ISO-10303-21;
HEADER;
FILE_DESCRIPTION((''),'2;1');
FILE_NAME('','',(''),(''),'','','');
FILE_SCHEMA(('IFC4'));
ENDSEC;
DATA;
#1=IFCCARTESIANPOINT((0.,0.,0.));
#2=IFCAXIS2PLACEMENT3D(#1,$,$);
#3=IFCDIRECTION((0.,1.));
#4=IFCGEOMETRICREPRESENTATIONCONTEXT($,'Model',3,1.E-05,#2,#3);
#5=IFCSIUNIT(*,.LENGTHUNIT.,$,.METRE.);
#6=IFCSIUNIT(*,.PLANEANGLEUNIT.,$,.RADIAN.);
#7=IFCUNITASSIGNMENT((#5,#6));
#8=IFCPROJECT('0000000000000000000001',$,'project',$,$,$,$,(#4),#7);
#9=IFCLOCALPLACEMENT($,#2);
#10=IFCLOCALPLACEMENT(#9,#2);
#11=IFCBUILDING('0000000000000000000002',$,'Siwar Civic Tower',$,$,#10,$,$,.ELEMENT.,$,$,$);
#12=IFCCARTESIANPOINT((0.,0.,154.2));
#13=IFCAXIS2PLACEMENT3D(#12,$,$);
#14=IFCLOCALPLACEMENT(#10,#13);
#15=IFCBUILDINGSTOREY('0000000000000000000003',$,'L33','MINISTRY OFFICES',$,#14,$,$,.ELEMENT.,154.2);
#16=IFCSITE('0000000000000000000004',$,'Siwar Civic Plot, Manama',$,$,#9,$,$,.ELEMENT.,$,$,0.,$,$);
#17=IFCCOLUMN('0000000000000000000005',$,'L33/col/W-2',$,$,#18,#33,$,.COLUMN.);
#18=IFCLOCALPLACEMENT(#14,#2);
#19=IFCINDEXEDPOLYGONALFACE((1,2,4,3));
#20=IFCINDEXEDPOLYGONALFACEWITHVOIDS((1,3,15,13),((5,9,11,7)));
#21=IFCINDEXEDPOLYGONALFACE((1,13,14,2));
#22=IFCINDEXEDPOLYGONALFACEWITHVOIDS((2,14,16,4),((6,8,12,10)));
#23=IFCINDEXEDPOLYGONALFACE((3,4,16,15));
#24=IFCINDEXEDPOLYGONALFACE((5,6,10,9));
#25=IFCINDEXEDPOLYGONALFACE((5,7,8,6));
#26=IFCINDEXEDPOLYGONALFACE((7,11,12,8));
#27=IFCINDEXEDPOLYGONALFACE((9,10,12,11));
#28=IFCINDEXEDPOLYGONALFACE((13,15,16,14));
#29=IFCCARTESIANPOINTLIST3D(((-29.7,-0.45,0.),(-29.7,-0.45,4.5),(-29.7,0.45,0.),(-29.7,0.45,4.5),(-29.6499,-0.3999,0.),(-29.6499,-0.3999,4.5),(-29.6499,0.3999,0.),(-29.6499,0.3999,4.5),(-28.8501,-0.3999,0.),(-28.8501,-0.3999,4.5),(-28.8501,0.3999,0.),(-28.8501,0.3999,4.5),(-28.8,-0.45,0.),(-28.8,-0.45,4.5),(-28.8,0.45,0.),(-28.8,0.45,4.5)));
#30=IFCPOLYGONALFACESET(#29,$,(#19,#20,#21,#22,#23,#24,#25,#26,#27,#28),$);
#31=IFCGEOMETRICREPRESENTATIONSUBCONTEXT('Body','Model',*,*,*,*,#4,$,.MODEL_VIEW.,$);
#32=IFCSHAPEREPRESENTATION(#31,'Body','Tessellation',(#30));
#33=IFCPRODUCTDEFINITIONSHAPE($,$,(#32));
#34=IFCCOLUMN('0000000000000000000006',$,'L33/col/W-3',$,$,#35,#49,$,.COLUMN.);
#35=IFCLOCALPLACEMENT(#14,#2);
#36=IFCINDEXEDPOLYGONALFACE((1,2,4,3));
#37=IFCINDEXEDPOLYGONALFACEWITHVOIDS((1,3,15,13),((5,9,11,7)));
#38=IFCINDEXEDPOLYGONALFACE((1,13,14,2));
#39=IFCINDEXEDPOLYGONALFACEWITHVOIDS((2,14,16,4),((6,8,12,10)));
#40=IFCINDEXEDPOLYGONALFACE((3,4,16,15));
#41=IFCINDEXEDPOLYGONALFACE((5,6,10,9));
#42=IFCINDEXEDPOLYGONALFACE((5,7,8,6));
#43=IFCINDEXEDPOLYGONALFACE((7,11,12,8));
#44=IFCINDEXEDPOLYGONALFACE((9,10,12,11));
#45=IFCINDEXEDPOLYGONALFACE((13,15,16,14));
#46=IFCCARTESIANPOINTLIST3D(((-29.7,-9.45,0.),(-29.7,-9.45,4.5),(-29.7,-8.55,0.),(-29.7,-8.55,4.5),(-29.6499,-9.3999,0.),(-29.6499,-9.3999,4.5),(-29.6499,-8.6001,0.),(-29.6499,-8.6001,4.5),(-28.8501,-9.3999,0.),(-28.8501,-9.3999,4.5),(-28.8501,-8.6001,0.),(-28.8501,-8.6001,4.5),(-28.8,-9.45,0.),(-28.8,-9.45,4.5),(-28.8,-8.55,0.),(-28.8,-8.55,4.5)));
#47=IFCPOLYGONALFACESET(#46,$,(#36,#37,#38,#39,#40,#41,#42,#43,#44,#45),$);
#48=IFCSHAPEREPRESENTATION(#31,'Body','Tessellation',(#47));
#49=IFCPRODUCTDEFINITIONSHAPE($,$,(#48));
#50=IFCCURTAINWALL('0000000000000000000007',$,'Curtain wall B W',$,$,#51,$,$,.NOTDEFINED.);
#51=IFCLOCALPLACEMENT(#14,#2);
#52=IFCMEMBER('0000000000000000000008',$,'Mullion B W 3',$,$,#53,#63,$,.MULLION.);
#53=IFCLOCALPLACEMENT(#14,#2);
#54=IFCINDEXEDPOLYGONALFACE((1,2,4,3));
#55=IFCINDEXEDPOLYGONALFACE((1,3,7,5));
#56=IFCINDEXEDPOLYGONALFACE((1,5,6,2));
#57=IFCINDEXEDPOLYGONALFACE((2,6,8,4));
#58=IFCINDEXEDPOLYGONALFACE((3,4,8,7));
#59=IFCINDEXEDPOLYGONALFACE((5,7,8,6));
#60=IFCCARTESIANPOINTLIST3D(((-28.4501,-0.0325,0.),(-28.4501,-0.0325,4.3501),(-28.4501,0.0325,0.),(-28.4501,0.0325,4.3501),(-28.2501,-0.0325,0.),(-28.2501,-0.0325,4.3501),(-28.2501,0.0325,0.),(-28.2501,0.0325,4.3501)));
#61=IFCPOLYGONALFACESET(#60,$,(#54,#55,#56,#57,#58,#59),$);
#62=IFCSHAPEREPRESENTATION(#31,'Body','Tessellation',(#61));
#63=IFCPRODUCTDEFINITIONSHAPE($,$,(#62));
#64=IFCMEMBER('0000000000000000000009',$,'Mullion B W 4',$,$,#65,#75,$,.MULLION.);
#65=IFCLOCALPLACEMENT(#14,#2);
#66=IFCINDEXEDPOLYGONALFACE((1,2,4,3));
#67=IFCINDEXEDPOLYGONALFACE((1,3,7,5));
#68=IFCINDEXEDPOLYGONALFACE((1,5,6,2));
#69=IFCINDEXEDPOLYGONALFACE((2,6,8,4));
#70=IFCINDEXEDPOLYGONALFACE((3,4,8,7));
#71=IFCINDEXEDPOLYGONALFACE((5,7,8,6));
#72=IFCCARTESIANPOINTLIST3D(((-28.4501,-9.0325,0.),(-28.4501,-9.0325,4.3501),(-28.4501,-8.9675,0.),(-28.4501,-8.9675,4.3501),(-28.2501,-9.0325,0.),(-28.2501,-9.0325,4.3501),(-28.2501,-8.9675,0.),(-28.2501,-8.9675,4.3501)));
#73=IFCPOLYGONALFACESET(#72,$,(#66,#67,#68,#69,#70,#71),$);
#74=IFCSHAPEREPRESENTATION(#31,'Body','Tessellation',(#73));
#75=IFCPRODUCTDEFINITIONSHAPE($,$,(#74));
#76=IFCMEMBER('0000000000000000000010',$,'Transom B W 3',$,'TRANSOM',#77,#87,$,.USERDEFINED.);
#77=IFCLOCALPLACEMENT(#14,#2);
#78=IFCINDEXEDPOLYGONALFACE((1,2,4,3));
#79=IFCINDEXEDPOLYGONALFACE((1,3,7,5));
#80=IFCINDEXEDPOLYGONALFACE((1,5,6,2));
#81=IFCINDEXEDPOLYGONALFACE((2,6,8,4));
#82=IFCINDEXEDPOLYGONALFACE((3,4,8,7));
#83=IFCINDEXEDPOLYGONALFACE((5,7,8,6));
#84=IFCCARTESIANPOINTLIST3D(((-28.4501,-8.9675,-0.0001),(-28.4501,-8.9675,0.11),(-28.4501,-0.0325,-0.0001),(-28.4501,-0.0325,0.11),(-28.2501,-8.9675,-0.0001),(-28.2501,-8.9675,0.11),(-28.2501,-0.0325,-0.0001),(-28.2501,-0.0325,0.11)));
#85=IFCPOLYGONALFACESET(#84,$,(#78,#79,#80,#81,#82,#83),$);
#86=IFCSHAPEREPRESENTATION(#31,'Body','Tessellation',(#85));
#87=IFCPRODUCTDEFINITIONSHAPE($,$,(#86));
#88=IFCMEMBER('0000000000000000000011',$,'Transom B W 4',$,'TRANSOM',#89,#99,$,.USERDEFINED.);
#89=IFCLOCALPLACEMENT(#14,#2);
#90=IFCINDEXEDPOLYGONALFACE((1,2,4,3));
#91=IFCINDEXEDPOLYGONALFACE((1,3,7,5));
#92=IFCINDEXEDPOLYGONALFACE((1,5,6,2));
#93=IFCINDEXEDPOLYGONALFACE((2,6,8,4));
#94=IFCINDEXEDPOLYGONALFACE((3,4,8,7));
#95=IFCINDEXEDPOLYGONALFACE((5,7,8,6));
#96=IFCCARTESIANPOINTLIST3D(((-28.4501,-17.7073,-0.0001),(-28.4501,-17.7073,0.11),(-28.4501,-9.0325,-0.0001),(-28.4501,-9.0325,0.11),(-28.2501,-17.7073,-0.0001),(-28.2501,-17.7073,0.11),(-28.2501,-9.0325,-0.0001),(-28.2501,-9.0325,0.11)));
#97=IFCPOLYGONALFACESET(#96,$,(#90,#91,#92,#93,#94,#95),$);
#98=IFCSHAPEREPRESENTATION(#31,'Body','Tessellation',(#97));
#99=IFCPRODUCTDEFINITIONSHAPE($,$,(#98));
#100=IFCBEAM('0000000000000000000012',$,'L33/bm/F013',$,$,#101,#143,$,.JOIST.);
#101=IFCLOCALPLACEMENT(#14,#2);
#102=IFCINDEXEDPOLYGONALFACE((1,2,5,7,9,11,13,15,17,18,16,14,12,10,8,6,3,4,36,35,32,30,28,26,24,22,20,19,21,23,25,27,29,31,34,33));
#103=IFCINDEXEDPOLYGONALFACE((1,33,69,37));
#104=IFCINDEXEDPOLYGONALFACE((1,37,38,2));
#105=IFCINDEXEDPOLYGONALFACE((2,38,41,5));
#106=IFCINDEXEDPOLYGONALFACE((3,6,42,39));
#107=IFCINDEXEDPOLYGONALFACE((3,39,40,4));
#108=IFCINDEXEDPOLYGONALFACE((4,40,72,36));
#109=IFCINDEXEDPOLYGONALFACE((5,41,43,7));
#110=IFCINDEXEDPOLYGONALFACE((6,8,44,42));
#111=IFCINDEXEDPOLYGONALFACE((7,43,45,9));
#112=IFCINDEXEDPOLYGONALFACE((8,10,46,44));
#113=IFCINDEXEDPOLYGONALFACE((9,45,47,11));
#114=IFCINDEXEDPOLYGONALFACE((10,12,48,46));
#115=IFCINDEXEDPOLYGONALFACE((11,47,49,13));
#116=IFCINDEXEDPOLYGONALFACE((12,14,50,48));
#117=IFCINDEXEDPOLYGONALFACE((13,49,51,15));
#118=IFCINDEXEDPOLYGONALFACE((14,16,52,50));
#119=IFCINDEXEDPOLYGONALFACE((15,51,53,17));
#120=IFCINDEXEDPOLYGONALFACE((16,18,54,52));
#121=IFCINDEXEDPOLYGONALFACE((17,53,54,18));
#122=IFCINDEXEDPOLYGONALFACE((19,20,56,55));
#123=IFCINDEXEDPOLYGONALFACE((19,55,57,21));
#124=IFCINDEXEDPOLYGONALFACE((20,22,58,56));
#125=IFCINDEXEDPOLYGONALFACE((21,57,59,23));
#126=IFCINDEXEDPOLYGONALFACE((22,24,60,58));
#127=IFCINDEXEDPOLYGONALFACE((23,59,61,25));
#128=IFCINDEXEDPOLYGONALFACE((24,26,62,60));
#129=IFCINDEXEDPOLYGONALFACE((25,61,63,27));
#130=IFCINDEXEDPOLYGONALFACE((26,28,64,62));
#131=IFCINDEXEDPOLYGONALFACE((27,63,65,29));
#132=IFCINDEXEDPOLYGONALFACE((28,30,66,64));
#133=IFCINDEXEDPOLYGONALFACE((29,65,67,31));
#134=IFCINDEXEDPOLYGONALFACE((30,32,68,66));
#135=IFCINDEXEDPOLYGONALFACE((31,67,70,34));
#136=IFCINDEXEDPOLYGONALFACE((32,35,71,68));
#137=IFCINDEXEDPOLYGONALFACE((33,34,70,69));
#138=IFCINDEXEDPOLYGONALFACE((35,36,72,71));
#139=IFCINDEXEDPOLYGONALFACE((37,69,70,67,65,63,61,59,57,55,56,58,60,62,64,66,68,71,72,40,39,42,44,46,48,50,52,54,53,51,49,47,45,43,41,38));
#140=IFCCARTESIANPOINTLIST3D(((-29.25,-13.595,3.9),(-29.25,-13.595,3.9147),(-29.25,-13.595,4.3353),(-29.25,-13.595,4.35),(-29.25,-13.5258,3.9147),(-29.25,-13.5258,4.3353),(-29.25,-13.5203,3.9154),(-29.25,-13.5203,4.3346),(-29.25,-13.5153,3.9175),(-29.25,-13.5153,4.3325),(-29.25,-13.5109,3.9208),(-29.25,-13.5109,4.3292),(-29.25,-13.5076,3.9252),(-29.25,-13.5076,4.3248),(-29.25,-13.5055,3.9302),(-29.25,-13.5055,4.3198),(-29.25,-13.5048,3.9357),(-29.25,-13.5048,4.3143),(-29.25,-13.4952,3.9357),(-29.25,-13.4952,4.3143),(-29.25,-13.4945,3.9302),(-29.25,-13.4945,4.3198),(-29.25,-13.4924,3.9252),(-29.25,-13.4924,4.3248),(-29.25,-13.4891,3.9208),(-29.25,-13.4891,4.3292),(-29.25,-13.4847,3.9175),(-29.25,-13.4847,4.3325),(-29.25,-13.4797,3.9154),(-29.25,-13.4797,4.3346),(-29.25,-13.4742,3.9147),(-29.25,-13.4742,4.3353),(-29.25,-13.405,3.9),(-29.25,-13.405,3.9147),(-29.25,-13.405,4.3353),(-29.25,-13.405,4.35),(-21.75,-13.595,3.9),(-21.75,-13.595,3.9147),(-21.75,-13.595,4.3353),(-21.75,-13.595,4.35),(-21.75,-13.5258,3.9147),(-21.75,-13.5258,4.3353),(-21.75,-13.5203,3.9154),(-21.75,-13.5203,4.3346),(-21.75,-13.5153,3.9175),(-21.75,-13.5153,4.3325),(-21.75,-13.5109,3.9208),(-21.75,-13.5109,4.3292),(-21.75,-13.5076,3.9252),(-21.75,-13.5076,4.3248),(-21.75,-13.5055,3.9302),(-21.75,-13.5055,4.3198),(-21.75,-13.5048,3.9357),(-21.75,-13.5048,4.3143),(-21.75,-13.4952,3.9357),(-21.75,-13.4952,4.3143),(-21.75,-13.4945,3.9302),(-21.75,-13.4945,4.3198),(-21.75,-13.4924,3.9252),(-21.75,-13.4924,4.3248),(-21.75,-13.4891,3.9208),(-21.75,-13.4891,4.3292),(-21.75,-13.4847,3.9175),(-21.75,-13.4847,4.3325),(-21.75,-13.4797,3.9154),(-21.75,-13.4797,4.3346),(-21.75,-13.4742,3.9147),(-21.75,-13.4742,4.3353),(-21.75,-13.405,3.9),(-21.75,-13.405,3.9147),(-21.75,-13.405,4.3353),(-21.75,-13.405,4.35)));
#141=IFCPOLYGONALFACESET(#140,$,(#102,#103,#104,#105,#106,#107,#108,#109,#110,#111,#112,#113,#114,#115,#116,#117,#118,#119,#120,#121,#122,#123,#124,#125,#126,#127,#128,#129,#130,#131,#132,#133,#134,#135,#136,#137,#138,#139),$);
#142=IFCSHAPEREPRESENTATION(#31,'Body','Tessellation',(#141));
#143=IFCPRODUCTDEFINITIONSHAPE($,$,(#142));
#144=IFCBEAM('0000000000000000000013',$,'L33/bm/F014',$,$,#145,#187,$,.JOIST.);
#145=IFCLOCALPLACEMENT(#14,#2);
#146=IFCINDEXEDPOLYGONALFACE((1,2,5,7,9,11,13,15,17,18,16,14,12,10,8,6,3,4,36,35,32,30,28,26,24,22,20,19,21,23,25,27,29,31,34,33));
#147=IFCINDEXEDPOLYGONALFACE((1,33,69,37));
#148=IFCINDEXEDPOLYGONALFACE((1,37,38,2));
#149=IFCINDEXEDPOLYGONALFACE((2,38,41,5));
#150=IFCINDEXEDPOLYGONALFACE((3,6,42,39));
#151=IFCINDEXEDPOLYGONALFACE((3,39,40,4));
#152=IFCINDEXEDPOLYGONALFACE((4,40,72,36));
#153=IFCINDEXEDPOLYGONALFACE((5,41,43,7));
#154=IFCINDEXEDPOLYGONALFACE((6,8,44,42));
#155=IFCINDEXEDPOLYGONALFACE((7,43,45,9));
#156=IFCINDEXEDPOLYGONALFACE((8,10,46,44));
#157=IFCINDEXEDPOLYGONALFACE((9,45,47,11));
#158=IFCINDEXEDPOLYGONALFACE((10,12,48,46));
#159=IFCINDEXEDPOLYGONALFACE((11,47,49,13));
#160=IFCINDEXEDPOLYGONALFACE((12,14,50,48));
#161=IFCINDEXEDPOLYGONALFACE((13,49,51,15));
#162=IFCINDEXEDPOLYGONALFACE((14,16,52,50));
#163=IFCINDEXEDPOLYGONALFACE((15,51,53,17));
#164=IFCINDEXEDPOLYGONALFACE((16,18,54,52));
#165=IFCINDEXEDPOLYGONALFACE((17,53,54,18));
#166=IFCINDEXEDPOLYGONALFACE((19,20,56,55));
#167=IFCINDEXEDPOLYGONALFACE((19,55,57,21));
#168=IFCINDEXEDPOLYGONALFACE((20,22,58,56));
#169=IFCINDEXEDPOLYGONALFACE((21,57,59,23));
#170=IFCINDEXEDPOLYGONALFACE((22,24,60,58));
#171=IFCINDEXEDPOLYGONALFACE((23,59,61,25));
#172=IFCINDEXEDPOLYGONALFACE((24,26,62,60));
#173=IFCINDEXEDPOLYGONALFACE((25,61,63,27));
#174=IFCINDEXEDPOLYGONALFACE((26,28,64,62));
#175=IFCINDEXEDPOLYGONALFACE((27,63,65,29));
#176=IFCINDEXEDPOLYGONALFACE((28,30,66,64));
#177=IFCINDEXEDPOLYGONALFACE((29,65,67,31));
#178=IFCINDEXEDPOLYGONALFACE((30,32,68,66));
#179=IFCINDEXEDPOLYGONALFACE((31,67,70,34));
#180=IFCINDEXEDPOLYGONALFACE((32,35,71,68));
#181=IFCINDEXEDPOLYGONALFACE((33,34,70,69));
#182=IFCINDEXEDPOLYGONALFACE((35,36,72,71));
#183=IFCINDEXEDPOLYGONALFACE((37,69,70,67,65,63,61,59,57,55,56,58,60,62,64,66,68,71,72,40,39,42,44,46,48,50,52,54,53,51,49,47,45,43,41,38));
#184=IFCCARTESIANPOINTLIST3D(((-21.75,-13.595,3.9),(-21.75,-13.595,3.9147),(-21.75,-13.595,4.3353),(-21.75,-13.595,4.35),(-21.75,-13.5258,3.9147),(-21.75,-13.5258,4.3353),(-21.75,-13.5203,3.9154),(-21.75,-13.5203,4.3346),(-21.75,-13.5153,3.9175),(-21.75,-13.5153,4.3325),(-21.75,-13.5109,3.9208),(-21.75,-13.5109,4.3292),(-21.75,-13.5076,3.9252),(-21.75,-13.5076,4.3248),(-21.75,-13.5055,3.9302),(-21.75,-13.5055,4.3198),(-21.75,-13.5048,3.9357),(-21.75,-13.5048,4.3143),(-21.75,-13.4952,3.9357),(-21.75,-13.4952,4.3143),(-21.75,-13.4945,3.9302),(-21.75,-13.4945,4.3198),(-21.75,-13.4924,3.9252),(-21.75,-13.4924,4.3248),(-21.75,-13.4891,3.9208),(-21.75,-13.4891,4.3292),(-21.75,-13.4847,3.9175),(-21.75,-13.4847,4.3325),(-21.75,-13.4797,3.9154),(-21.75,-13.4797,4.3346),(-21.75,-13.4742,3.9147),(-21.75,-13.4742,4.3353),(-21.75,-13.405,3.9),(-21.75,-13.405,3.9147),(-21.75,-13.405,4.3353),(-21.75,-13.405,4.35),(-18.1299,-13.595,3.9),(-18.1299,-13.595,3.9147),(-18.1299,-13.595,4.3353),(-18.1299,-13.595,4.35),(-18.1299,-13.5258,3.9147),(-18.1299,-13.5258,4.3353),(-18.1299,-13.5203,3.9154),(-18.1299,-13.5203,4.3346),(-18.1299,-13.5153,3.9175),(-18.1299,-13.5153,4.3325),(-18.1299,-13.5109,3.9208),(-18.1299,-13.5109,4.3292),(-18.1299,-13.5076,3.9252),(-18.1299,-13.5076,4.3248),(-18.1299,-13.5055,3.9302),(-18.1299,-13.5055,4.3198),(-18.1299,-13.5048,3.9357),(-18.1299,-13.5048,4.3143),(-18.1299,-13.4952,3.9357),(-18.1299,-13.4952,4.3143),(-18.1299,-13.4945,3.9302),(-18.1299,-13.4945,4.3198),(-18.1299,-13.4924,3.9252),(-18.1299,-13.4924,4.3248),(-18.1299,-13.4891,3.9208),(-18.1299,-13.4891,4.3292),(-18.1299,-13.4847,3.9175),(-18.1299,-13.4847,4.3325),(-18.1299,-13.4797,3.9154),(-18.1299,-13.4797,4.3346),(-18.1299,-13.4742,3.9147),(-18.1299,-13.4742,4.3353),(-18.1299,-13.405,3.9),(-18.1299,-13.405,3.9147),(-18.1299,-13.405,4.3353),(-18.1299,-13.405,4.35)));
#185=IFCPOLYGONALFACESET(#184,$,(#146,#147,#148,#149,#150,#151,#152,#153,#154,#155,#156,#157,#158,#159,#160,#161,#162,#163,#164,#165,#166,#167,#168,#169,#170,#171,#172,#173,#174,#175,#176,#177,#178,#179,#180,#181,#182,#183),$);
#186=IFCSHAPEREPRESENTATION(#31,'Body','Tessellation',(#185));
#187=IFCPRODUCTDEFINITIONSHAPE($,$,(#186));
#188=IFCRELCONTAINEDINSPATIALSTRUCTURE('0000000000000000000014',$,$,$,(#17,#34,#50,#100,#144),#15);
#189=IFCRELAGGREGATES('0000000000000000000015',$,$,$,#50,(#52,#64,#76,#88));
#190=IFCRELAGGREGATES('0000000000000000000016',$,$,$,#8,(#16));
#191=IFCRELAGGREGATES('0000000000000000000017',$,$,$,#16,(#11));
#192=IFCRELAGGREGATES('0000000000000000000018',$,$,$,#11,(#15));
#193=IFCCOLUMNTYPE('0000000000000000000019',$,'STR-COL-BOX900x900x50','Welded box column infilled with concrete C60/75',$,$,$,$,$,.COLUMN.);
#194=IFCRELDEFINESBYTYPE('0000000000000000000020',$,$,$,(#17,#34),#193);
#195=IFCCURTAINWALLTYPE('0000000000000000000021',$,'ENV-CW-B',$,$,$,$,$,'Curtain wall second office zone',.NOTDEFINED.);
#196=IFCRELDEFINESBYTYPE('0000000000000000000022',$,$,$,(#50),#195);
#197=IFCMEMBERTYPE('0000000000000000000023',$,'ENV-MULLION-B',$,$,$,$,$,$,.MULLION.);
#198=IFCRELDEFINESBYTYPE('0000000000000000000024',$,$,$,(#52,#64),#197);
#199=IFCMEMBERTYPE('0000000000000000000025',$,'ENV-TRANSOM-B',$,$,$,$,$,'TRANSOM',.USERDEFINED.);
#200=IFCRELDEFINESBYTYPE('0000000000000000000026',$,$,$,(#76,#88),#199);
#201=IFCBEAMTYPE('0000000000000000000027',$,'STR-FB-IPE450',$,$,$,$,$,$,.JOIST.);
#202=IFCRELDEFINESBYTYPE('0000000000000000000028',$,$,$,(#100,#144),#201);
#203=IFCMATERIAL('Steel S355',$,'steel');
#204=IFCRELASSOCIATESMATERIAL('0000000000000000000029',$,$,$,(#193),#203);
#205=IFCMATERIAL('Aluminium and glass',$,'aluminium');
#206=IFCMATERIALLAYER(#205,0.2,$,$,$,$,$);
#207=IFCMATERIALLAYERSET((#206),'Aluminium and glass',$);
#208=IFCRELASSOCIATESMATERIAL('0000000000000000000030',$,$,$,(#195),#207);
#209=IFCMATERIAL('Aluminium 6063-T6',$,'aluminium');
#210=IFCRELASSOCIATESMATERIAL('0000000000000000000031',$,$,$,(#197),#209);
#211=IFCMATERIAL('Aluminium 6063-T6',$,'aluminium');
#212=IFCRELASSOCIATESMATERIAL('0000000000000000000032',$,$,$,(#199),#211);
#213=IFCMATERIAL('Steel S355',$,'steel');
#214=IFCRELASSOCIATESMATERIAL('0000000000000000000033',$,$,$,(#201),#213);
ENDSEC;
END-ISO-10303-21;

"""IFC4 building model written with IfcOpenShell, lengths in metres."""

from ifc_helpers import new_model, si_unit, direction, frame, origin, origin_2d, place, context, subcontext, project, spatial, rectangle, hollow_rectangle, i_section, extrude, material, layer, layer_set, material_profile, profile_set, type_object, element, aggregate, save


model = new_model("IFC4")

# Units and contexts
model_context = context("Model", 3, precision=1e-05, world=origin(), true_north=direction((0.0, 1.0)))
body_context = subcontext(model_context, "Body", "Model", "MODEL_VIEW")
ifc_project = project(units=[si_unit("LENGTHUNIT", "METRE"), si_unit("PLANEANGLEUNIT", "RADIAN")], contexts=[model_context])

# Site, building, storey
site_placement = place(None, origin())
site = spatial("IfcSite", under=ifc_project, at=site_placement, Name="Siwar Civic Plot, Manama", CompositionType="ELEMENT", RefElevation=0.0)
building_placement = place(site_placement, origin())
building = spatial("IfcBuilding", under=site, at=building_placement, Name="Siwar Civic Tower", CompositionType="ELEMENT")
storey_placement = place(building_placement, frame((0.0, 0.0, 154.2)))
storey = spatial("IfcBuildingStorey", under=building, at=storey_placement, Name="L33", Description="MINISTRY OFFICES", CompositionType="ELEMENT", Elevation=154.2)

# Columns
ifc_material_1 = material(Name="Steel S355", Category="steel")
ifc_material_profile_1 = material_profile(ifc_material_1, hollow_rectangle(XDim=0.8999, YDim=0.8999, WallThickness=0.05, at=origin_2d()), Name="BOX900x900x50")
ifc_profile_set_1 = profile_set([ifc_material_profile_1], Name="Steel S355")
column_type = type_object("IfcColumnType", Name="STR-COL-BOX900x900x50", Description="Welded box column infilled with concrete C60/75", PredefinedType="COLUMN", material=ifc_profile_set_1)
for number, where, z_axis, x_axis, name in (
    (1, (-29.25, 0.0, 0.0), (0.0, 0.0, 1.0), (1.0, 0.0, 0.0), "L33/col/W-2"),
    (2, (-29.25, -9.0, 0.0), (0.0, 0.0, 1.0), (1.0, 0.0, 0.0), "L33/col/W-3"),
):
    element("IfcColumn", number, at=place(storey_placement, frame(where, z_axis=z_axis, x_axis=x_axis)), inside=storey, type_object=column_type, Name=name, PredefinedType="COLUMN", context=body_context, shape_type="SweptSolid", body=[
        extrude(hollow_rectangle(XDim=0.8999, YDim=0.8999, WallThickness=0.05, at=origin_2d()), origin(), (0.0, 0.0, 1.0), 4.5),
    ])

# Curtain wall, members
ifc_material_2 = material(Name="Aluminium and glass", Category="aluminium")
ifc_layer_1 = layer(ifc_material_2, 0.2)
ifc_layer_set_1 = layer_set([ifc_layer_1], Name="Aluminium and glass")
curtain_wall_type = type_object("IfcCurtainWallType", Name="ENV-CW-B", ElementType="Curtain wall second office zone", PredefinedType="NOTDEFINED", material=ifc_layer_set_1)
curtain_wall_placement = place(storey_placement, origin())
curtain_wall = element("IfcCurtainWall", 3, at=curtain_wall_placement, inside=storey, type_object=curtain_wall_type, Name="Curtain wall B W", PredefinedType="NOTDEFINED")
ifc_material_3 = material(Name="Aluminium 6063-T6", Category="aluminium")
ifc_material_profile_2 = material_profile(ifc_material_3, rectangle(XDim=0.2, YDim=0.0649, at=origin_2d()), Name="AL 200x65")
ifc_profile_set_2 = profile_set([ifc_material_profile_2], Name="Aluminium 6063-T6")
member_type_1 = type_object("IfcMemberType", Name="ENV-MULLION-B", PredefinedType="MULLION", material=ifc_profile_set_2)
member_1_placement = place(storey_placement, frame((-28.3501, 0.0, 0.0), z_axis=(0.0, 0.0, 1.0), x_axis=(1.0, 0.0, 0.0)))
member_1 = element("IfcMember", 4, at=member_1_placement, type_object=member_type_1, Name="Mullion B W 3", PredefinedType="MULLION", context=body_context, shape_type="SweptSolid", body=[
    extrude(rectangle(XDim=0.2, YDim=0.0649, at=origin_2d()), origin(), (0.0, 0.0, 1.0), 4.3501),
])
member_2_placement = place(storey_placement, frame((-28.3501, -9.0, 0.0), z_axis=(0.0, 0.0, 1.0), x_axis=(1.0, 0.0, 0.0)))
member_2 = element("IfcMember", 5, at=member_2_placement, type_object=member_type_1, Name="Mullion B W 4", PredefinedType="MULLION", context=body_context, shape_type="SweptSolid", body=[
    extrude(rectangle(XDim=0.2, YDim=0.0649, at=origin_2d()), origin(), (0.0, 0.0, 1.0), 4.3501),
])
ifc_material_4 = material(Name="Aluminium 6063-T6", Category="aluminium")
ifc_material_profile_3 = material_profile(ifc_material_4, rectangle(XDim=0.2, YDim=0.1101, at=origin_2d()), Name="AL 200x110")
ifc_profile_set_3 = profile_set([ifc_material_profile_3], Name="Aluminium 6063-T6")
member_type_2 = type_object("IfcMemberType", Name="ENV-TRANSOM-B", ElementType="TRANSOM", PredefinedType="USERDEFINED", material=ifc_profile_set_3)
member_3_placement = place(storey_placement, frame((-28.3501, -0.0325, 0.0549), z_axis=(0.0, -1.0, 0.0), x_axis=(1.0, 0.0, 0.0)))
member_3 = element("IfcMember", 6, at=member_3_placement, type_object=member_type_2, Name="Transom B W 3", ObjectType="TRANSOM", PredefinedType="USERDEFINED", context=body_context, shape_type="SweptSolid", body=[
    extrude(rectangle(XDim=0.2, YDim=0.1101, at=origin_2d()), origin(), (0.0, 0.0, 1.0), 8.9351),
])
member_4_placement = place(storey_placement, frame((-28.3501, -9.0325, 0.0549), z_axis=(0.0, -1.0, 0.0), x_axis=(1.0, 0.0, 0.0)))
member_4 = element("IfcMember", 7, at=member_4_placement, type_object=member_type_2, Name="Transom B W 4", ObjectType="TRANSOM", PredefinedType="USERDEFINED", context=body_context, shape_type="SweptSolid", body=[
    extrude(rectangle(XDim=0.2, YDim=0.1101, at=origin_2d()), origin(), (0.0, 0.0, 1.0), 8.6748),
])

# Beams
ifc_material_5 = material(Name="Steel S355", Category="steel")
ifc_material_profile_4 = material_profile(ifc_material_5, i_section(OverallWidth=0.1899, OverallDepth=0.45, WebThickness=0.0095, FlangeThickness=0.0146, FilletRadius=0.021, at=origin_2d()), Name="IPE450")
ifc_profile_set_4 = profile_set([ifc_material_profile_4], Name="Steel S355")
beam_type_1 = type_object("IfcBeamType", Name="STR-FB-IPE450", PredefinedType="JOIST", material=ifc_profile_set_4)
beam_1_placement = place(storey_placement, frame((-29.25, -13.5, 4.125), z_axis=(1.0, 0.0, 0.0), x_axis=(0.0, 1.0, 0.0)))
element("IfcBeam", 8, at=beam_1_placement, inside=storey, type_object=beam_type_1, Name="L33/bm/F013", PredefinedType="JOIST", context=body_context, shape_type="SweptSolid", body=[
    extrude(i_section(OverallWidth=0.1899, OverallDepth=0.45, WebThickness=0.0095, FlangeThickness=0.0146, FilletRadius=0.021, at=origin_2d()), origin(), (0.0, 0.0, 1.0), 7.5),
])
beam_2_placement = place(storey_placement, frame((-21.75, -13.5, 4.125), z_axis=(1.0, 0.0, 0.0), x_axis=(0.0, 1.0, 0.0)))
element("IfcBeam", 9, at=beam_2_placement, inside=storey, type_object=beam_type_1, Name="L33/bm/F014", PredefinedType="JOIST", context=body_context, shape_type="SweptSolid", body=[
    extrude(i_section(OverallWidth=0.1899, OverallDepth=0.45, WebThickness=0.0095, FlangeThickness=0.0146, FilletRadius=0.021, at=origin_2d()), origin(), (0.0, 0.0, 1.0), 3.6201),
])

aggregate(curtain_wall, [member_1, member_2, member_3, member_4])

save(model, "model.ifc")
